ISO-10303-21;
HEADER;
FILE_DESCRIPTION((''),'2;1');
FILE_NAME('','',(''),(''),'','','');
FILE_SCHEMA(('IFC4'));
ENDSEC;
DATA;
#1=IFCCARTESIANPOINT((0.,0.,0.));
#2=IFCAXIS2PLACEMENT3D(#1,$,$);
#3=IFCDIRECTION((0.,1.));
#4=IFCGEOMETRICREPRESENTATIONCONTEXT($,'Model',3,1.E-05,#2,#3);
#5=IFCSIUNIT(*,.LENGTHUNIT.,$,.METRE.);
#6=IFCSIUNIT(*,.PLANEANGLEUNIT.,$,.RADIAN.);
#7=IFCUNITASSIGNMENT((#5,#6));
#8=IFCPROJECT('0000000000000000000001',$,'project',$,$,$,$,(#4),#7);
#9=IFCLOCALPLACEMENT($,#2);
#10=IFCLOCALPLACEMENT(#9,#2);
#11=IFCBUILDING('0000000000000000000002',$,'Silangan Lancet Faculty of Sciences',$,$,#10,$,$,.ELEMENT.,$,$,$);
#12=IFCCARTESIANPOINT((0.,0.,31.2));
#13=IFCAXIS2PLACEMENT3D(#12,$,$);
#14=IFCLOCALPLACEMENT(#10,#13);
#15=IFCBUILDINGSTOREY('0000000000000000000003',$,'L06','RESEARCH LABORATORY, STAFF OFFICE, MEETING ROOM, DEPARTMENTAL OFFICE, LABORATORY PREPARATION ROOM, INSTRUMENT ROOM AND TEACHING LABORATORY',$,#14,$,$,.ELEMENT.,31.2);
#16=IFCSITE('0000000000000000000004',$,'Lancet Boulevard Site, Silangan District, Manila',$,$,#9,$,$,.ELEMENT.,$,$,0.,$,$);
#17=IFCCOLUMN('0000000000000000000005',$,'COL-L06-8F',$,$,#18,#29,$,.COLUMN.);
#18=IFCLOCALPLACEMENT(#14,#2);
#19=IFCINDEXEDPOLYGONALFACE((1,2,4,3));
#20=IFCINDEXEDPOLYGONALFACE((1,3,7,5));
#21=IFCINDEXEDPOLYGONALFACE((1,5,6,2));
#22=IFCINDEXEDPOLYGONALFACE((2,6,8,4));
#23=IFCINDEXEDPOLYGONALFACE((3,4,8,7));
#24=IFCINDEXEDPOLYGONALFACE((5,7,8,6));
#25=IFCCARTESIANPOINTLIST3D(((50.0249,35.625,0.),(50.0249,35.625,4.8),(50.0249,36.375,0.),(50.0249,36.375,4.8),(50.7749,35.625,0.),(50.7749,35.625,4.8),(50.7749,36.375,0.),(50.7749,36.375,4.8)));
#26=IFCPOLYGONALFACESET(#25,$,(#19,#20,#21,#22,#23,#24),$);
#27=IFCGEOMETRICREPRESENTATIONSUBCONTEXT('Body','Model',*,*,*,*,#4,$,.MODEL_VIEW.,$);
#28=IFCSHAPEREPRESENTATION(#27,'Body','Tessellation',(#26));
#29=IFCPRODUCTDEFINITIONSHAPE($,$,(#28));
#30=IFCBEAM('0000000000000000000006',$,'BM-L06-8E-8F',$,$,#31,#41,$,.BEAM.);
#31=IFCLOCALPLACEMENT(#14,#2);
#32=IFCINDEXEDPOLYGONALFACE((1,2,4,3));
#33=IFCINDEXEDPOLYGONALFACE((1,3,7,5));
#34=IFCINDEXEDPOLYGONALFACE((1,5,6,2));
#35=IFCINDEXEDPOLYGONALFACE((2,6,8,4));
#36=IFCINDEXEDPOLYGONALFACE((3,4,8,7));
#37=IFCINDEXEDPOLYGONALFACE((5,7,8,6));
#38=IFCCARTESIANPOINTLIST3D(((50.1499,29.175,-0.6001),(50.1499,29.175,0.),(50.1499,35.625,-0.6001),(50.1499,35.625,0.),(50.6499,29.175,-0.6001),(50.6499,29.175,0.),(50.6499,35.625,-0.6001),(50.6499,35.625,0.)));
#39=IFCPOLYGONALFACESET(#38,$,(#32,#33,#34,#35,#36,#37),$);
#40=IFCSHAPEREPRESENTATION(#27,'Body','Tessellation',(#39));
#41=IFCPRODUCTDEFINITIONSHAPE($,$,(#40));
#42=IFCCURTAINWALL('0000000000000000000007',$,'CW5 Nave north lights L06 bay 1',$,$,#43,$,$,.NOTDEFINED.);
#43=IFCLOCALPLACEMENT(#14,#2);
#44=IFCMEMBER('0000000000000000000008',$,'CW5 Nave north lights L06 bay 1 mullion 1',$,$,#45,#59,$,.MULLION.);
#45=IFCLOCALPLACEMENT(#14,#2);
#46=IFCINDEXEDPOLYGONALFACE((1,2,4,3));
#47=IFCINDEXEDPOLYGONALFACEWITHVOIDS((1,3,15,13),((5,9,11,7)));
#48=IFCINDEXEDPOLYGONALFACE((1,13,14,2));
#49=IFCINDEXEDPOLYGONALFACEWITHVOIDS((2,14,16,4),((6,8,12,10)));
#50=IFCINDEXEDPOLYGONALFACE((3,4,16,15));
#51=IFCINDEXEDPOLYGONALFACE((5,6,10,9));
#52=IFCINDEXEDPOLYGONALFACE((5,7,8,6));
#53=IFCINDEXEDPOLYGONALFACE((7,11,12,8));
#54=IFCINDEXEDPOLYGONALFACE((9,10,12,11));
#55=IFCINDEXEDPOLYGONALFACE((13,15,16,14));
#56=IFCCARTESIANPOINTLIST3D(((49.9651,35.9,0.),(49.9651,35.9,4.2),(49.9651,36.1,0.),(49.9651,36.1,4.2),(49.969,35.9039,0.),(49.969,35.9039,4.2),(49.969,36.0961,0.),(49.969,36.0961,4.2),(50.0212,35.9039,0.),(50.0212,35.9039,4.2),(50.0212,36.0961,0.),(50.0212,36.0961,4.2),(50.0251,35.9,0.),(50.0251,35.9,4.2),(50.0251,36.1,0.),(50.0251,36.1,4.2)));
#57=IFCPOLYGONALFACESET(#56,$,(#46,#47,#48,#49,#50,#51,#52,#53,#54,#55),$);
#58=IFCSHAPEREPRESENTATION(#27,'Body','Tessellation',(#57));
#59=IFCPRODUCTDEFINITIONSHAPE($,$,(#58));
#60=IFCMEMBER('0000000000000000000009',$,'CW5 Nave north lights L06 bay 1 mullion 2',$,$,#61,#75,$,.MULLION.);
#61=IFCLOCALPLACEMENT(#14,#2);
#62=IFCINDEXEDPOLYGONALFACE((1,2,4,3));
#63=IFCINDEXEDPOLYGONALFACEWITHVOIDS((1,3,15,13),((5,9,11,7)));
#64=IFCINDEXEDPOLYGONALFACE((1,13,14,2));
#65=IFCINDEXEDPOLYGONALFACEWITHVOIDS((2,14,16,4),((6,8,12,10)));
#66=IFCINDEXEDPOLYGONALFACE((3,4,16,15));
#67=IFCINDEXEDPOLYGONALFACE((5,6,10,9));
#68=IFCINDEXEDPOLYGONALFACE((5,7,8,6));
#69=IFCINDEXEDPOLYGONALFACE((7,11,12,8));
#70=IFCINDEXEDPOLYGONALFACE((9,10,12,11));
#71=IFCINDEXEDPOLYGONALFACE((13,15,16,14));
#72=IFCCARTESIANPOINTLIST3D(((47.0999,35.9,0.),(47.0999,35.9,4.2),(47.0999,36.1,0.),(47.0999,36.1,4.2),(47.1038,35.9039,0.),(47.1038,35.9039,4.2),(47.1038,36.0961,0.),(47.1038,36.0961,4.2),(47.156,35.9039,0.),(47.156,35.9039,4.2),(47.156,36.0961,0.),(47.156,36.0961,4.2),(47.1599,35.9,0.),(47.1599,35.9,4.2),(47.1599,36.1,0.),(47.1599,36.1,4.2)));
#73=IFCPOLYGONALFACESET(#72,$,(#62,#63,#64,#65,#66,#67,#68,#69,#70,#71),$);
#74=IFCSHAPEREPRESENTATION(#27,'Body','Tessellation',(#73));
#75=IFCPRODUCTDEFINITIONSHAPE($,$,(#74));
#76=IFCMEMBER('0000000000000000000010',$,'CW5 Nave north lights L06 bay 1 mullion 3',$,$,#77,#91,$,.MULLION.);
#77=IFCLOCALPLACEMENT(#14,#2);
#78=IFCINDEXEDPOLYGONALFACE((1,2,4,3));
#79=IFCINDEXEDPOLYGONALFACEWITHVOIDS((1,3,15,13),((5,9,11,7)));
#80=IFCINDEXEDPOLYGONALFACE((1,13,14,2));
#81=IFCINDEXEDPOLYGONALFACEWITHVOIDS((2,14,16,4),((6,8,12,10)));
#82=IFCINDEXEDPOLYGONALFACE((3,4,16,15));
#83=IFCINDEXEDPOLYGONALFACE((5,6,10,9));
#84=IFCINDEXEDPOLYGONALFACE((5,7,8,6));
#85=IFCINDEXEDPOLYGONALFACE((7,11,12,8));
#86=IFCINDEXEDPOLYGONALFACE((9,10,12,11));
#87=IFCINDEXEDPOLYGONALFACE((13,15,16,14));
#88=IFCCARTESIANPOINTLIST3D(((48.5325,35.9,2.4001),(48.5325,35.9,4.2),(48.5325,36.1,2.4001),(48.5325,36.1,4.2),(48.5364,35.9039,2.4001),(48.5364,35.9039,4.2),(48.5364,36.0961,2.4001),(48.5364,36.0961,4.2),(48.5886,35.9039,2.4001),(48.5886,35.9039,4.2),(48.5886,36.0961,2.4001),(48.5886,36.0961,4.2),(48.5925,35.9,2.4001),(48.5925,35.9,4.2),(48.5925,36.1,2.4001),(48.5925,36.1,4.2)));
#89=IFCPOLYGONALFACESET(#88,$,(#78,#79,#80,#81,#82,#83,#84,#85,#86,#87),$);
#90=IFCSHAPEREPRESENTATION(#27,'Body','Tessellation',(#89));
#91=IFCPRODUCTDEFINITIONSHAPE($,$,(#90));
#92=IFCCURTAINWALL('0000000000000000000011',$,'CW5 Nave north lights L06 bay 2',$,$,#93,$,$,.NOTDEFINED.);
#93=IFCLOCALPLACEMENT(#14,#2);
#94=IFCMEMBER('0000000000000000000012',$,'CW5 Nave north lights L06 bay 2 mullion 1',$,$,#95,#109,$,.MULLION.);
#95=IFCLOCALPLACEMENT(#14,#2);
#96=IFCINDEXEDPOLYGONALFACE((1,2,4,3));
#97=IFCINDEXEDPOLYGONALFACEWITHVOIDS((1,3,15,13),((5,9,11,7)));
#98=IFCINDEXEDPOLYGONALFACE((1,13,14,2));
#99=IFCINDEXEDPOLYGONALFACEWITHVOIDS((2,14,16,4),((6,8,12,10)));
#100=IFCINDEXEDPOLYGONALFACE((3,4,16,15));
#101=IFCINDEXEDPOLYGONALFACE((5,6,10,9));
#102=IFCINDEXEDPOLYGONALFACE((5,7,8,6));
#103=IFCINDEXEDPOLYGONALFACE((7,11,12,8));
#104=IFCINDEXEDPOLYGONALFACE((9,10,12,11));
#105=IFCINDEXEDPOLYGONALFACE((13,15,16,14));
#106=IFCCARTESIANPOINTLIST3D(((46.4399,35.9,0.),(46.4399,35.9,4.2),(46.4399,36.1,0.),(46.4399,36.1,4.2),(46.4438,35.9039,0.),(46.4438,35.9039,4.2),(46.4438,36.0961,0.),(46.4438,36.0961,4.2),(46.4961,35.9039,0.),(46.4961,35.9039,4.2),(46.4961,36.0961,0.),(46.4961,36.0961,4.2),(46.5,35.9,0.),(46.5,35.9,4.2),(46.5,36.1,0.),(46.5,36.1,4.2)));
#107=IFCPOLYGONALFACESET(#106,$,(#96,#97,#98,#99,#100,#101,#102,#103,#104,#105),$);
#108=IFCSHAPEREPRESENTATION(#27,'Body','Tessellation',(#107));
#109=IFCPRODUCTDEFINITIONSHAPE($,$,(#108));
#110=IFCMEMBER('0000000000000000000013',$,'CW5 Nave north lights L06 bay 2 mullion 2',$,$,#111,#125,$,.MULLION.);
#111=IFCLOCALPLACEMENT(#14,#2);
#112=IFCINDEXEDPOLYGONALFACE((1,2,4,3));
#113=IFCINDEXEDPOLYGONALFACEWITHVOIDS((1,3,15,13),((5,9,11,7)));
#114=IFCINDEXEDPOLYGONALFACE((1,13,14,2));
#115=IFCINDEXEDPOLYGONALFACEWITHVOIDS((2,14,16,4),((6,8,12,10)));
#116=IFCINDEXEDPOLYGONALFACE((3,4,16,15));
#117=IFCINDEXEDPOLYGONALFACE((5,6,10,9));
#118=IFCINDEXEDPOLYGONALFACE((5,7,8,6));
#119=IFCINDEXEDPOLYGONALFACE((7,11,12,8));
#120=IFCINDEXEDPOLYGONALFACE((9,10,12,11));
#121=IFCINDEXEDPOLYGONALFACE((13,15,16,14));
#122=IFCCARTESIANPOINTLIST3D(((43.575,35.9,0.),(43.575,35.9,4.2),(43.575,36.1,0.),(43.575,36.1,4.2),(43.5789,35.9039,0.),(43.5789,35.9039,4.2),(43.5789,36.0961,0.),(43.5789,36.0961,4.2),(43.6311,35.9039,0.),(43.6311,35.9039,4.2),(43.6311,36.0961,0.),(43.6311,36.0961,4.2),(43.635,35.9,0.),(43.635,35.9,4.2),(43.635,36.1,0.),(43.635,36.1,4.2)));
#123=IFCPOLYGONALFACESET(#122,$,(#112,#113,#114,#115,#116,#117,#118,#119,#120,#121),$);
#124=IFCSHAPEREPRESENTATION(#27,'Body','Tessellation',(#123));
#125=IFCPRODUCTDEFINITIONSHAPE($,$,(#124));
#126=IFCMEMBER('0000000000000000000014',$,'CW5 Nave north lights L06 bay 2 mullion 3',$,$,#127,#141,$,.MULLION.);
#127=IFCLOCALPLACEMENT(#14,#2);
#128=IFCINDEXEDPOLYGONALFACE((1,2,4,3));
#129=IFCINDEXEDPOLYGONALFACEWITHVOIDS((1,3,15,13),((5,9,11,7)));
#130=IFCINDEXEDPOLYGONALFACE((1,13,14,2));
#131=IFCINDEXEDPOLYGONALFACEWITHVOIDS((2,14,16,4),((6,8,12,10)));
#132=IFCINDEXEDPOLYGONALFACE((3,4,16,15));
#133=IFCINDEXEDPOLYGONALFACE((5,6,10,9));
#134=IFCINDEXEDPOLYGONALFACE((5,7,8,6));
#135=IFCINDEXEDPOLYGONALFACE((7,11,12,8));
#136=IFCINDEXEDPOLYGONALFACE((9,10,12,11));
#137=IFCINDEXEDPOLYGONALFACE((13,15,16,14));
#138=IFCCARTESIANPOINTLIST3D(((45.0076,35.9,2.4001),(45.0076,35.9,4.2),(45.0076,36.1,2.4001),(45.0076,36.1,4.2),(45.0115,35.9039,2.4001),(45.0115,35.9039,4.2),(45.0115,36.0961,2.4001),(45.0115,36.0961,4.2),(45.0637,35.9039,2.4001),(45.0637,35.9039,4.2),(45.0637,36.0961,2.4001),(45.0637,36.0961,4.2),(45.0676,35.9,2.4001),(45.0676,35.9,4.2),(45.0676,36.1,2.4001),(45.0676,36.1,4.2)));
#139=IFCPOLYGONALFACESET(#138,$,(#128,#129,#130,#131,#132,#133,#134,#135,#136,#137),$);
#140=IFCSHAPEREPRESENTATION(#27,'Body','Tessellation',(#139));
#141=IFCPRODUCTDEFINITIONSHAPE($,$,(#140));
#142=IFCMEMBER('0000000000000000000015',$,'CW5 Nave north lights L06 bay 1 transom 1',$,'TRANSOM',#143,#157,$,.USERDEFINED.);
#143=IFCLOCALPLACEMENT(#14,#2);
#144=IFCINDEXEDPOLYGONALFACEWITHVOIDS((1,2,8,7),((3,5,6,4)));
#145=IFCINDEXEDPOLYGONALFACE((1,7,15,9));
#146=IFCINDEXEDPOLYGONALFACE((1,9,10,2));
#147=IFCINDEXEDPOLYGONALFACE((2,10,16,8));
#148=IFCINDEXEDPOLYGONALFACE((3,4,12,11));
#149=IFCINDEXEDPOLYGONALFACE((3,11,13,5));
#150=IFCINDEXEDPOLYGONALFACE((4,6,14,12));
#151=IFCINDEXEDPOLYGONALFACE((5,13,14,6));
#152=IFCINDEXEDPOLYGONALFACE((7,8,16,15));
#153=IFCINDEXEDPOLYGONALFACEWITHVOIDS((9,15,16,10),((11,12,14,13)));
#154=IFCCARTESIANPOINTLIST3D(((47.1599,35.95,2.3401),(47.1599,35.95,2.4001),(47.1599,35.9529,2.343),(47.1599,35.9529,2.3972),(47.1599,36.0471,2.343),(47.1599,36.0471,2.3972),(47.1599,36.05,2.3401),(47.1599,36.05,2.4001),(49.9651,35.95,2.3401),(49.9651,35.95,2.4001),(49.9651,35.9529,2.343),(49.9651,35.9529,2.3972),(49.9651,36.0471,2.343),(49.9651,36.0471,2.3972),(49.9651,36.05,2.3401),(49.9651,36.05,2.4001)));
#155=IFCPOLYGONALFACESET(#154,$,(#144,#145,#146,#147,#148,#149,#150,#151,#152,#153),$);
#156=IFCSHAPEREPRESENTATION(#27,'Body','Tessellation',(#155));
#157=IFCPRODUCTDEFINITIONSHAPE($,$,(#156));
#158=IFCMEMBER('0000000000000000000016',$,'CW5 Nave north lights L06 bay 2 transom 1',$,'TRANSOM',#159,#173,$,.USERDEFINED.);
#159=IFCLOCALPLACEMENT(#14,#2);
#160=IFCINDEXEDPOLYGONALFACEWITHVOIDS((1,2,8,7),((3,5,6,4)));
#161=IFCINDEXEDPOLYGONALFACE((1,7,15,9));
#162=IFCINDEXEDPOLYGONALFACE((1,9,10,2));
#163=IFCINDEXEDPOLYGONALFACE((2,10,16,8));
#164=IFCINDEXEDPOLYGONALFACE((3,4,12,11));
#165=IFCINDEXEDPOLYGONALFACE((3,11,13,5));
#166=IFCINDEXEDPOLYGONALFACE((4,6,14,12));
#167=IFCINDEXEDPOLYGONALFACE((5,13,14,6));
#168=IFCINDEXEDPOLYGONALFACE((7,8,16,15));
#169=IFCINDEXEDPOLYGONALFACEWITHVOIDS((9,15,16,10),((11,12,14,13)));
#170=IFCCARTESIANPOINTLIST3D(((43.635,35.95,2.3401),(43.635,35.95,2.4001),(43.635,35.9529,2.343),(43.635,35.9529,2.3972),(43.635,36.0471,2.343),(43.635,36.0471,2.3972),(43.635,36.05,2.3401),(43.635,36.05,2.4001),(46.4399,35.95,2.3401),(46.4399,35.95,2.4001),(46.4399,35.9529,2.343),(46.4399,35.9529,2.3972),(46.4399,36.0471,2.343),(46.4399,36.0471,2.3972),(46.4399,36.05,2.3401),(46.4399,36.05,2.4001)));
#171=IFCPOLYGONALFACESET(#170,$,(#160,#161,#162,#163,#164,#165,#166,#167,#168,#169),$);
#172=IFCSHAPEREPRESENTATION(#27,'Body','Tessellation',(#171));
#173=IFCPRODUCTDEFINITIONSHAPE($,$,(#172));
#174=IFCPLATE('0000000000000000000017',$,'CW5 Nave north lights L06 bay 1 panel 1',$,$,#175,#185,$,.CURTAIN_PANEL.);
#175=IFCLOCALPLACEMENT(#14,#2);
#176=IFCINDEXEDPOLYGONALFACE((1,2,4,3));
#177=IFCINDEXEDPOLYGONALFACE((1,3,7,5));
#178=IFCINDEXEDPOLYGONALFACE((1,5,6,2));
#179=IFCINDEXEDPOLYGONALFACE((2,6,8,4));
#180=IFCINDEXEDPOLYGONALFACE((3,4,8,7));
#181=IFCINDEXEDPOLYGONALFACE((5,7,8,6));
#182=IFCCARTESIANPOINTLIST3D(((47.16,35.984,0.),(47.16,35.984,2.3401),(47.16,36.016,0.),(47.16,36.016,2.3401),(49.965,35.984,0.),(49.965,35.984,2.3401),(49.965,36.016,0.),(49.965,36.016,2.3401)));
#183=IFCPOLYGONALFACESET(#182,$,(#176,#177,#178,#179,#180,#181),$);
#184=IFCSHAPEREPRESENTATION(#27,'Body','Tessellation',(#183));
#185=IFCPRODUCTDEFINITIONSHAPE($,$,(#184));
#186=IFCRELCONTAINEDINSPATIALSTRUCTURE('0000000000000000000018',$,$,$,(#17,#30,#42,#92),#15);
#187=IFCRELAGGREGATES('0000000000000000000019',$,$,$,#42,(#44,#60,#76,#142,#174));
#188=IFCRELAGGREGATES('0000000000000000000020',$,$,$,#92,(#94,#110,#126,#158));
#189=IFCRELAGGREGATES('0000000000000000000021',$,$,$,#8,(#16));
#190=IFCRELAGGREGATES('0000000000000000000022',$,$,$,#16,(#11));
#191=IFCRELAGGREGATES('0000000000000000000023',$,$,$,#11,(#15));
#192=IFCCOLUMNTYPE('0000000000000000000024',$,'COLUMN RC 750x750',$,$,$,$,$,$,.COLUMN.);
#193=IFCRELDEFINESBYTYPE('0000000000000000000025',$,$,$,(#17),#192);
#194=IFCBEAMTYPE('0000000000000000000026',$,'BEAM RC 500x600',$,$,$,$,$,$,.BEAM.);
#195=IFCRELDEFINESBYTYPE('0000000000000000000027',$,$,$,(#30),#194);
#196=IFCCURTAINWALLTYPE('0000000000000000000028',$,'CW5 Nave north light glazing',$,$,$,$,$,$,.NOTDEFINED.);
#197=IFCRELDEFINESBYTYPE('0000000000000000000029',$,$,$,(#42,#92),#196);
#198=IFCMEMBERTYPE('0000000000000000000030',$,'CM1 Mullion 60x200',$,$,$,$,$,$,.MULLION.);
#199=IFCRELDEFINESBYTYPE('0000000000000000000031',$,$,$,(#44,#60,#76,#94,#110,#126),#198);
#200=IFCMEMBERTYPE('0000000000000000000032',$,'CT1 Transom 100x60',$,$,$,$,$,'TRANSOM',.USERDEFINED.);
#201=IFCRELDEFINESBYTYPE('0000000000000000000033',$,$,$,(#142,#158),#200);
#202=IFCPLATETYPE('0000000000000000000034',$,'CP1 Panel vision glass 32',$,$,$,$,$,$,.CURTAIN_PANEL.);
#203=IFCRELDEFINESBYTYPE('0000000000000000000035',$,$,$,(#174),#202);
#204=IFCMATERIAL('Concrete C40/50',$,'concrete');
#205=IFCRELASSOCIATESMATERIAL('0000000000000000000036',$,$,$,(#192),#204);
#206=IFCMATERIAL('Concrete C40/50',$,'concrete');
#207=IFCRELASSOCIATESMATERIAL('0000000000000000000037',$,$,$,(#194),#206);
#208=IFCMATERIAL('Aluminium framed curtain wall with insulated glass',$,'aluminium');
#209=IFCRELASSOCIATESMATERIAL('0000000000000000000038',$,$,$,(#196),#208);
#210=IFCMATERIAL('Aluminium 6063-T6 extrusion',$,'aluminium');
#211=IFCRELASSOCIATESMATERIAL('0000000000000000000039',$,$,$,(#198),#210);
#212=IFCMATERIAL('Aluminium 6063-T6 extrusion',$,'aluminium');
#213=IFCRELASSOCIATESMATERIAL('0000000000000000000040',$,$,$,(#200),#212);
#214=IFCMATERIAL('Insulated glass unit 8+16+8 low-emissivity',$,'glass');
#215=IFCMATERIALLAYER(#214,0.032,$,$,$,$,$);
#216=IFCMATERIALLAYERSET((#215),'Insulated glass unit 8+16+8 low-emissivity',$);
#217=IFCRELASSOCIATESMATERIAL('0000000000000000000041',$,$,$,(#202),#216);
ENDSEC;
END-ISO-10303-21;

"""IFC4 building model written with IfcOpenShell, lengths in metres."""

from ifc_helpers import new_model, si_unit, direction, frame, origin, origin_2d, place, context, subcontext, project, spatial, rectangle, hollow_rectangle, extrude, material, layer, layer_set, material_profile, profile_set, type_object, element, aggregate, save


model = new_model("IFC4")

# Units and contexts
model_context = context("Model", 3, precision=1e-05, world=origin(), true_north=direction((0.0, 1.0)))
body_context = subcontext(model_context, "Body", "Model", "MODEL_VIEW")
ifc_project = project(units=[si_unit("LENGTHUNIT", "METRE"), si_unit("PLANEANGLEUNIT", "RADIAN")], contexts=[model_context])

# Site, building, storey
site_placement = place(None, origin())
site = spatial("IfcSite", under=ifc_project, at=site_placement, Name="Lancet Boulevard Site, Silangan District, Manila", CompositionType="ELEMENT", RefElevation=0.0)
building_placement = place(site_placement, origin())
building = spatial("IfcBuilding", under=site, at=building_placement, Name="Silangan Lancet Faculty of Sciences", CompositionType="ELEMENT")
storey_placement = place(building_placement, frame((0.0, 0.0, 31.2)))
storey = spatial("IfcBuildingStorey", under=building, at=storey_placement, Name="L06", Description="RESEARCH LABORATORY, STAFF OFFICE, MEETING ROOM, DEPARTMENTAL OFFICE, LABORATORY PREPARATION ROOM, INSTRUMENT ROOM AND TEACHING LABORATORY", CompositionType="ELEMENT", Elevation=31.2)

# Column
ifc_material_1 = material(Name="Concrete C40/50", Category="concrete")
ifc_material_profile_1 = material_profile(ifc_material_1, rectangle(XDim=0.75, YDim=0.75, at=origin_2d()), Name="RC 750x750")
ifc_profile_set_1 = profile_set([ifc_material_profile_1], Name="Concrete C40/50")
column_type = type_object("IfcColumnType", Name="COLUMN RC 750x750", PredefinedType="COLUMN", material=ifc_profile_set_1)
column_placement = place(storey_placement, frame((50.3999, 36.0, 0.0), z_axis=(0.0, 0.0, 1.0), x_axis=(1.0, 0.0, 0.0)))
element("IfcColumn", 1, at=column_placement, inside=storey, type_object=column_type, Name="COL-L06-8F", PredefinedType="COLUMN", context=body_context, shape_type="SweptSolid", body=[
    extrude(rectangle(XDim=0.75, YDim=0.75, at=origin_2d()), origin(), (0.0, 0.0, 1.0), 4.8),
])

# Beam
ifc_material_2 = material(Name="Concrete C40/50", Category="concrete")
ifc_material_profile_2 = material_profile(ifc_material_2, rectangle(XDim=0.5, YDim=0.6001, at=origin_2d()), Name="RC 500x600")
ifc_profile_set_2 = profile_set([ifc_material_profile_2], Name="Concrete C40/50")
beam_type = type_object("IfcBeamType", Name="BEAM RC 500x600", PredefinedType="BEAM", material=ifc_profile_set_2)
beam_placement = place(storey_placement, frame((50.3999, 29.175, -0.3), z_axis=(0.0, 1.0, 0.0), x_axis=(-1.0, 0.0, 0.0)))
element("IfcBeam", 2, at=beam_placement, inside=storey, type_object=beam_type, Name="BM-L06-8E-8F", PredefinedType="BEAM", context=body_context, shape_type="SweptSolid", body=[
    extrude(rectangle(XDim=0.5, YDim=0.6001, at=origin_2d()), origin(), (0.0, 0.0, 1.0), 6.45),
])

# Curtain walls, members
ifc_material_3 = material(Name="Aluminium framed curtain wall with insulated glass", Category="aluminium")
curtain_wall_type = type_object("IfcCurtainWallType", Name="CW5 Nave north light glazing", PredefinedType="NOTDEFINED", material=ifc_material_3)
curtain_wall_1_placement = place(storey_placement, origin())
curtain_wall_1 = element("IfcCurtainWall", 3, at=curtain_wall_1_placement, inside=storey, type_object=curtain_wall_type, Name="CW5 Nave north lights L06 bay 1", PredefinedType="NOTDEFINED")
ifc_material_4 = material(Name="Aluminium 6063-T6 extrusion", Category="aluminium")
ifc_material_profile_3 = material_profile(ifc_material_4, hollow_rectangle(XDim=0.0601, YDim=0.2, WallThickness=0.0039, at=origin_2d()), Name="AL BOX 60x200x4")
ifc_profile_set_3 = profile_set([ifc_material_profile_3], Name="Aluminium 6063-T6 extrusion")
member_type_1 = type_object("IfcMemberType", Name="CM1 Mullion 60x200", PredefinedType="MULLION", material=ifc_profile_set_3)
member_1_placement = place(storey_placement, frame((49.9951, 36.0, 0.0), z_axis=(0.0, 0.0, 1.0), x_axis=(-1.0, 0.0, 0.0)))
member_1 = element("IfcMember", 4, at=member_1_placement, type_object=member_type_1, Name="CW5 Nave north lights L06 bay 1 mullion 1", PredefinedType="MULLION", context=body_context, shape_type="SweptSolid", body=[
    extrude(hollow_rectangle(XDim=0.0601, YDim=0.2, WallThickness=0.0039, at=origin_2d()), origin(), (0.0, 0.0, 1.0), 4.2),
])
member_2_placement = place(storey_placement, frame((47.1299, 36.0, 0.0), z_axis=(0.0, 0.0, 1.0), x_axis=(-1.0, 0.0, 0.0)))
member_2 = element("IfcMember", 5, at=member_2_placement, type_object=member_type_1, Name="CW5 Nave north lights L06 bay 1 mullion 2", PredefinedType="MULLION", context=body_context, shape_type="SweptSolid", body=[
    extrude(hollow_rectangle(XDim=0.0601, YDim=0.2, WallThickness=0.0039, at=origin_2d()), origin(), (0.0, 0.0, 1.0), 4.2),
])
member_3_placement = place(storey_placement, frame((48.5625, 36.0, 2.4001), z_axis=(0.0, 0.0, 1.0), x_axis=(-1.0, 0.0, 0.0)))
member_3 = element("IfcMember", 6, at=member_3_placement, type_object=member_type_1, Name="CW5 Nave north lights L06 bay 1 mullion 3", PredefinedType="MULLION", context=body_context, shape_type="SweptSolid", body=[
    extrude(hollow_rectangle(XDim=0.0601, YDim=0.2, WallThickness=0.0039, at=origin_2d()), origin(), (0.0, 0.0, 1.0), 1.7998),
])
curtain_wall_2_placement = place(storey_placement, origin())
curtain_wall_2 = element("IfcCurtainWall", 7, at=curtain_wall_2_placement, inside=storey, type_object=curtain_wall_type, Name="CW5 Nave north lights L06 bay 2", PredefinedType="NOTDEFINED")
member_4_placement = place(storey_placement, frame((46.47, 36.0, 0.0), z_axis=(0.0, 0.0, 1.0), x_axis=(-1.0, 0.0, 0.0)))
member_4 = element("IfcMember", 8, at=member_4_placement, type_object=member_type_1, Name="CW5 Nave north lights L06 bay 2 mullion 1", PredefinedType="MULLION", context=body_context, shape_type="SweptSolid", body=[
    extrude(hollow_rectangle(XDim=0.0601, YDim=0.2, WallThickness=0.0039, at=origin_2d()), origin(), (0.0, 0.0, 1.0), 4.2),
])
member_5_placement = place(storey_placement, frame((43.605, 36.0, 0.0), z_axis=(0.0, 0.0, 1.0), x_axis=(-1.0, 0.0, 0.0)))
member_5 = element("IfcMember", 9, at=member_5_placement, type_object=member_type_1, Name="CW5 Nave north lights L06 bay 2 mullion 2", PredefinedType="MULLION", context=body_context, shape_type="SweptSolid", body=[
    extrude(hollow_rectangle(XDim=0.0601, YDim=0.2, WallThickness=0.0039, at=origin_2d()), origin(), (0.0, 0.0, 1.0), 4.2),
])
member_6_placement = place(storey_placement, frame((45.0376, 36.0, 2.4001), z_axis=(0.0, 0.0, 1.0), x_axis=(-1.0, 0.0, 0.0)))
member_6 = element("IfcMember", 10, at=member_6_placement, type_object=member_type_1, Name="CW5 Nave north lights L06 bay 2 mullion 3", PredefinedType="MULLION", context=body_context, shape_type="SweptSolid", body=[
    extrude(hollow_rectangle(XDim=0.0601, YDim=0.2, WallThickness=0.0039, at=origin_2d()), origin(), (0.0, 0.0, 1.0), 1.7998),
])

# Members
ifc_material_5 = material(Name="Aluminium 6063-T6 extrusion", Category="aluminium")
ifc_material_profile_4 = material_profile(ifc_material_5, hollow_rectangle(XDim=0.1001, YDim=0.0601, WallThickness=0.0029, at=origin_2d()), Name="AL BOX 100x60x3")
ifc_profile_set_4 = profile_set([ifc_material_profile_4], Name="Aluminium 6063-T6 extrusion")
member_type_2 = type_object("IfcMemberType", Name="CT1 Transom 100x60", ElementType="TRANSOM", PredefinedType="USERDEFINED", material=ifc_profile_set_4)
member_7_placement = place(storey_placement, frame((49.9651, 36.0, 2.3701), z_axis=(-1.0, 0.0, 0.0), x_axis=(0.0, -1.0, 0.0)))
member_7 = element("IfcMember", 11, at=member_7_placement, type_object=member_type_2, Name="CW5 Nave north lights L06 bay 1 transom 1", ObjectType="TRANSOM", PredefinedType="USERDEFINED", context=body_context, shape_type="SweptSolid", body=[
    extrude(hollow_rectangle(XDim=0.1001, YDim=0.0601, WallThickness=0.0029, at=origin_2d()), origin(), (0.0, 0.0, 1.0), 2.8052),
])
member_8_placement = place(storey_placement, frame((46.4399, 36.0, 2.3701), z_axis=(-1.0, 0.0, 0.0), x_axis=(0.0, -1.0, 0.0)))
member_8 = element("IfcMember", 12, at=member_8_placement, type_object=member_type_2, Name="CW5 Nave north lights L06 bay 2 transom 1", ObjectType="TRANSOM", PredefinedType="USERDEFINED", context=body_context, shape_type="SweptSolid", body=[
    extrude(hollow_rectangle(XDim=0.1001, YDim=0.0601, WallThickness=0.0029, at=origin_2d()), origin(), (0.0, 0.0, 1.0), 2.8049),
])

# Plate
ifc_material_6 = material(Name="Insulated glass unit 8+16+8 low-emissivity", Category="glass")
ifc_layer_1 = layer(ifc_material_6, 0.032)
ifc_layer_set_1 = layer_set([ifc_layer_1], Name="Insulated glass unit 8+16+8 low-emissivity")
plate_type = type_object("IfcPlateType", Name="CP1 Panel vision glass 32", PredefinedType="CURTAIN_PANEL", material=ifc_layer_set_1)
plate_1_placement = place(storey_placement, frame((48.5625, 36.0, 0.0), z_axis=(0.0, 0.0, 1.0), x_axis=(-1.0, 0.0, 0.0)))
plate_1 = element("IfcPlate", 13, at=plate_1_placement, type_object=plate_type, Name="CW5 Nave north lights L06 bay 1 panel 1", PredefinedType="CURTAIN_PANEL", context=body_context, shape_type="SweptSolid", body=[
    extrude(rectangle(XDim=2.8049, YDim=0.032, at=origin_2d()), origin(), (0.0, 0.0, 1.0), 2.3401),
])
aggregate(curtain_wall_1, [member_1, member_2, member_3, member_7, plate_1])
aggregate(curtain_wall_2, [member_4, member_5, member_6, member_8])

save(model, "model.ifc")
